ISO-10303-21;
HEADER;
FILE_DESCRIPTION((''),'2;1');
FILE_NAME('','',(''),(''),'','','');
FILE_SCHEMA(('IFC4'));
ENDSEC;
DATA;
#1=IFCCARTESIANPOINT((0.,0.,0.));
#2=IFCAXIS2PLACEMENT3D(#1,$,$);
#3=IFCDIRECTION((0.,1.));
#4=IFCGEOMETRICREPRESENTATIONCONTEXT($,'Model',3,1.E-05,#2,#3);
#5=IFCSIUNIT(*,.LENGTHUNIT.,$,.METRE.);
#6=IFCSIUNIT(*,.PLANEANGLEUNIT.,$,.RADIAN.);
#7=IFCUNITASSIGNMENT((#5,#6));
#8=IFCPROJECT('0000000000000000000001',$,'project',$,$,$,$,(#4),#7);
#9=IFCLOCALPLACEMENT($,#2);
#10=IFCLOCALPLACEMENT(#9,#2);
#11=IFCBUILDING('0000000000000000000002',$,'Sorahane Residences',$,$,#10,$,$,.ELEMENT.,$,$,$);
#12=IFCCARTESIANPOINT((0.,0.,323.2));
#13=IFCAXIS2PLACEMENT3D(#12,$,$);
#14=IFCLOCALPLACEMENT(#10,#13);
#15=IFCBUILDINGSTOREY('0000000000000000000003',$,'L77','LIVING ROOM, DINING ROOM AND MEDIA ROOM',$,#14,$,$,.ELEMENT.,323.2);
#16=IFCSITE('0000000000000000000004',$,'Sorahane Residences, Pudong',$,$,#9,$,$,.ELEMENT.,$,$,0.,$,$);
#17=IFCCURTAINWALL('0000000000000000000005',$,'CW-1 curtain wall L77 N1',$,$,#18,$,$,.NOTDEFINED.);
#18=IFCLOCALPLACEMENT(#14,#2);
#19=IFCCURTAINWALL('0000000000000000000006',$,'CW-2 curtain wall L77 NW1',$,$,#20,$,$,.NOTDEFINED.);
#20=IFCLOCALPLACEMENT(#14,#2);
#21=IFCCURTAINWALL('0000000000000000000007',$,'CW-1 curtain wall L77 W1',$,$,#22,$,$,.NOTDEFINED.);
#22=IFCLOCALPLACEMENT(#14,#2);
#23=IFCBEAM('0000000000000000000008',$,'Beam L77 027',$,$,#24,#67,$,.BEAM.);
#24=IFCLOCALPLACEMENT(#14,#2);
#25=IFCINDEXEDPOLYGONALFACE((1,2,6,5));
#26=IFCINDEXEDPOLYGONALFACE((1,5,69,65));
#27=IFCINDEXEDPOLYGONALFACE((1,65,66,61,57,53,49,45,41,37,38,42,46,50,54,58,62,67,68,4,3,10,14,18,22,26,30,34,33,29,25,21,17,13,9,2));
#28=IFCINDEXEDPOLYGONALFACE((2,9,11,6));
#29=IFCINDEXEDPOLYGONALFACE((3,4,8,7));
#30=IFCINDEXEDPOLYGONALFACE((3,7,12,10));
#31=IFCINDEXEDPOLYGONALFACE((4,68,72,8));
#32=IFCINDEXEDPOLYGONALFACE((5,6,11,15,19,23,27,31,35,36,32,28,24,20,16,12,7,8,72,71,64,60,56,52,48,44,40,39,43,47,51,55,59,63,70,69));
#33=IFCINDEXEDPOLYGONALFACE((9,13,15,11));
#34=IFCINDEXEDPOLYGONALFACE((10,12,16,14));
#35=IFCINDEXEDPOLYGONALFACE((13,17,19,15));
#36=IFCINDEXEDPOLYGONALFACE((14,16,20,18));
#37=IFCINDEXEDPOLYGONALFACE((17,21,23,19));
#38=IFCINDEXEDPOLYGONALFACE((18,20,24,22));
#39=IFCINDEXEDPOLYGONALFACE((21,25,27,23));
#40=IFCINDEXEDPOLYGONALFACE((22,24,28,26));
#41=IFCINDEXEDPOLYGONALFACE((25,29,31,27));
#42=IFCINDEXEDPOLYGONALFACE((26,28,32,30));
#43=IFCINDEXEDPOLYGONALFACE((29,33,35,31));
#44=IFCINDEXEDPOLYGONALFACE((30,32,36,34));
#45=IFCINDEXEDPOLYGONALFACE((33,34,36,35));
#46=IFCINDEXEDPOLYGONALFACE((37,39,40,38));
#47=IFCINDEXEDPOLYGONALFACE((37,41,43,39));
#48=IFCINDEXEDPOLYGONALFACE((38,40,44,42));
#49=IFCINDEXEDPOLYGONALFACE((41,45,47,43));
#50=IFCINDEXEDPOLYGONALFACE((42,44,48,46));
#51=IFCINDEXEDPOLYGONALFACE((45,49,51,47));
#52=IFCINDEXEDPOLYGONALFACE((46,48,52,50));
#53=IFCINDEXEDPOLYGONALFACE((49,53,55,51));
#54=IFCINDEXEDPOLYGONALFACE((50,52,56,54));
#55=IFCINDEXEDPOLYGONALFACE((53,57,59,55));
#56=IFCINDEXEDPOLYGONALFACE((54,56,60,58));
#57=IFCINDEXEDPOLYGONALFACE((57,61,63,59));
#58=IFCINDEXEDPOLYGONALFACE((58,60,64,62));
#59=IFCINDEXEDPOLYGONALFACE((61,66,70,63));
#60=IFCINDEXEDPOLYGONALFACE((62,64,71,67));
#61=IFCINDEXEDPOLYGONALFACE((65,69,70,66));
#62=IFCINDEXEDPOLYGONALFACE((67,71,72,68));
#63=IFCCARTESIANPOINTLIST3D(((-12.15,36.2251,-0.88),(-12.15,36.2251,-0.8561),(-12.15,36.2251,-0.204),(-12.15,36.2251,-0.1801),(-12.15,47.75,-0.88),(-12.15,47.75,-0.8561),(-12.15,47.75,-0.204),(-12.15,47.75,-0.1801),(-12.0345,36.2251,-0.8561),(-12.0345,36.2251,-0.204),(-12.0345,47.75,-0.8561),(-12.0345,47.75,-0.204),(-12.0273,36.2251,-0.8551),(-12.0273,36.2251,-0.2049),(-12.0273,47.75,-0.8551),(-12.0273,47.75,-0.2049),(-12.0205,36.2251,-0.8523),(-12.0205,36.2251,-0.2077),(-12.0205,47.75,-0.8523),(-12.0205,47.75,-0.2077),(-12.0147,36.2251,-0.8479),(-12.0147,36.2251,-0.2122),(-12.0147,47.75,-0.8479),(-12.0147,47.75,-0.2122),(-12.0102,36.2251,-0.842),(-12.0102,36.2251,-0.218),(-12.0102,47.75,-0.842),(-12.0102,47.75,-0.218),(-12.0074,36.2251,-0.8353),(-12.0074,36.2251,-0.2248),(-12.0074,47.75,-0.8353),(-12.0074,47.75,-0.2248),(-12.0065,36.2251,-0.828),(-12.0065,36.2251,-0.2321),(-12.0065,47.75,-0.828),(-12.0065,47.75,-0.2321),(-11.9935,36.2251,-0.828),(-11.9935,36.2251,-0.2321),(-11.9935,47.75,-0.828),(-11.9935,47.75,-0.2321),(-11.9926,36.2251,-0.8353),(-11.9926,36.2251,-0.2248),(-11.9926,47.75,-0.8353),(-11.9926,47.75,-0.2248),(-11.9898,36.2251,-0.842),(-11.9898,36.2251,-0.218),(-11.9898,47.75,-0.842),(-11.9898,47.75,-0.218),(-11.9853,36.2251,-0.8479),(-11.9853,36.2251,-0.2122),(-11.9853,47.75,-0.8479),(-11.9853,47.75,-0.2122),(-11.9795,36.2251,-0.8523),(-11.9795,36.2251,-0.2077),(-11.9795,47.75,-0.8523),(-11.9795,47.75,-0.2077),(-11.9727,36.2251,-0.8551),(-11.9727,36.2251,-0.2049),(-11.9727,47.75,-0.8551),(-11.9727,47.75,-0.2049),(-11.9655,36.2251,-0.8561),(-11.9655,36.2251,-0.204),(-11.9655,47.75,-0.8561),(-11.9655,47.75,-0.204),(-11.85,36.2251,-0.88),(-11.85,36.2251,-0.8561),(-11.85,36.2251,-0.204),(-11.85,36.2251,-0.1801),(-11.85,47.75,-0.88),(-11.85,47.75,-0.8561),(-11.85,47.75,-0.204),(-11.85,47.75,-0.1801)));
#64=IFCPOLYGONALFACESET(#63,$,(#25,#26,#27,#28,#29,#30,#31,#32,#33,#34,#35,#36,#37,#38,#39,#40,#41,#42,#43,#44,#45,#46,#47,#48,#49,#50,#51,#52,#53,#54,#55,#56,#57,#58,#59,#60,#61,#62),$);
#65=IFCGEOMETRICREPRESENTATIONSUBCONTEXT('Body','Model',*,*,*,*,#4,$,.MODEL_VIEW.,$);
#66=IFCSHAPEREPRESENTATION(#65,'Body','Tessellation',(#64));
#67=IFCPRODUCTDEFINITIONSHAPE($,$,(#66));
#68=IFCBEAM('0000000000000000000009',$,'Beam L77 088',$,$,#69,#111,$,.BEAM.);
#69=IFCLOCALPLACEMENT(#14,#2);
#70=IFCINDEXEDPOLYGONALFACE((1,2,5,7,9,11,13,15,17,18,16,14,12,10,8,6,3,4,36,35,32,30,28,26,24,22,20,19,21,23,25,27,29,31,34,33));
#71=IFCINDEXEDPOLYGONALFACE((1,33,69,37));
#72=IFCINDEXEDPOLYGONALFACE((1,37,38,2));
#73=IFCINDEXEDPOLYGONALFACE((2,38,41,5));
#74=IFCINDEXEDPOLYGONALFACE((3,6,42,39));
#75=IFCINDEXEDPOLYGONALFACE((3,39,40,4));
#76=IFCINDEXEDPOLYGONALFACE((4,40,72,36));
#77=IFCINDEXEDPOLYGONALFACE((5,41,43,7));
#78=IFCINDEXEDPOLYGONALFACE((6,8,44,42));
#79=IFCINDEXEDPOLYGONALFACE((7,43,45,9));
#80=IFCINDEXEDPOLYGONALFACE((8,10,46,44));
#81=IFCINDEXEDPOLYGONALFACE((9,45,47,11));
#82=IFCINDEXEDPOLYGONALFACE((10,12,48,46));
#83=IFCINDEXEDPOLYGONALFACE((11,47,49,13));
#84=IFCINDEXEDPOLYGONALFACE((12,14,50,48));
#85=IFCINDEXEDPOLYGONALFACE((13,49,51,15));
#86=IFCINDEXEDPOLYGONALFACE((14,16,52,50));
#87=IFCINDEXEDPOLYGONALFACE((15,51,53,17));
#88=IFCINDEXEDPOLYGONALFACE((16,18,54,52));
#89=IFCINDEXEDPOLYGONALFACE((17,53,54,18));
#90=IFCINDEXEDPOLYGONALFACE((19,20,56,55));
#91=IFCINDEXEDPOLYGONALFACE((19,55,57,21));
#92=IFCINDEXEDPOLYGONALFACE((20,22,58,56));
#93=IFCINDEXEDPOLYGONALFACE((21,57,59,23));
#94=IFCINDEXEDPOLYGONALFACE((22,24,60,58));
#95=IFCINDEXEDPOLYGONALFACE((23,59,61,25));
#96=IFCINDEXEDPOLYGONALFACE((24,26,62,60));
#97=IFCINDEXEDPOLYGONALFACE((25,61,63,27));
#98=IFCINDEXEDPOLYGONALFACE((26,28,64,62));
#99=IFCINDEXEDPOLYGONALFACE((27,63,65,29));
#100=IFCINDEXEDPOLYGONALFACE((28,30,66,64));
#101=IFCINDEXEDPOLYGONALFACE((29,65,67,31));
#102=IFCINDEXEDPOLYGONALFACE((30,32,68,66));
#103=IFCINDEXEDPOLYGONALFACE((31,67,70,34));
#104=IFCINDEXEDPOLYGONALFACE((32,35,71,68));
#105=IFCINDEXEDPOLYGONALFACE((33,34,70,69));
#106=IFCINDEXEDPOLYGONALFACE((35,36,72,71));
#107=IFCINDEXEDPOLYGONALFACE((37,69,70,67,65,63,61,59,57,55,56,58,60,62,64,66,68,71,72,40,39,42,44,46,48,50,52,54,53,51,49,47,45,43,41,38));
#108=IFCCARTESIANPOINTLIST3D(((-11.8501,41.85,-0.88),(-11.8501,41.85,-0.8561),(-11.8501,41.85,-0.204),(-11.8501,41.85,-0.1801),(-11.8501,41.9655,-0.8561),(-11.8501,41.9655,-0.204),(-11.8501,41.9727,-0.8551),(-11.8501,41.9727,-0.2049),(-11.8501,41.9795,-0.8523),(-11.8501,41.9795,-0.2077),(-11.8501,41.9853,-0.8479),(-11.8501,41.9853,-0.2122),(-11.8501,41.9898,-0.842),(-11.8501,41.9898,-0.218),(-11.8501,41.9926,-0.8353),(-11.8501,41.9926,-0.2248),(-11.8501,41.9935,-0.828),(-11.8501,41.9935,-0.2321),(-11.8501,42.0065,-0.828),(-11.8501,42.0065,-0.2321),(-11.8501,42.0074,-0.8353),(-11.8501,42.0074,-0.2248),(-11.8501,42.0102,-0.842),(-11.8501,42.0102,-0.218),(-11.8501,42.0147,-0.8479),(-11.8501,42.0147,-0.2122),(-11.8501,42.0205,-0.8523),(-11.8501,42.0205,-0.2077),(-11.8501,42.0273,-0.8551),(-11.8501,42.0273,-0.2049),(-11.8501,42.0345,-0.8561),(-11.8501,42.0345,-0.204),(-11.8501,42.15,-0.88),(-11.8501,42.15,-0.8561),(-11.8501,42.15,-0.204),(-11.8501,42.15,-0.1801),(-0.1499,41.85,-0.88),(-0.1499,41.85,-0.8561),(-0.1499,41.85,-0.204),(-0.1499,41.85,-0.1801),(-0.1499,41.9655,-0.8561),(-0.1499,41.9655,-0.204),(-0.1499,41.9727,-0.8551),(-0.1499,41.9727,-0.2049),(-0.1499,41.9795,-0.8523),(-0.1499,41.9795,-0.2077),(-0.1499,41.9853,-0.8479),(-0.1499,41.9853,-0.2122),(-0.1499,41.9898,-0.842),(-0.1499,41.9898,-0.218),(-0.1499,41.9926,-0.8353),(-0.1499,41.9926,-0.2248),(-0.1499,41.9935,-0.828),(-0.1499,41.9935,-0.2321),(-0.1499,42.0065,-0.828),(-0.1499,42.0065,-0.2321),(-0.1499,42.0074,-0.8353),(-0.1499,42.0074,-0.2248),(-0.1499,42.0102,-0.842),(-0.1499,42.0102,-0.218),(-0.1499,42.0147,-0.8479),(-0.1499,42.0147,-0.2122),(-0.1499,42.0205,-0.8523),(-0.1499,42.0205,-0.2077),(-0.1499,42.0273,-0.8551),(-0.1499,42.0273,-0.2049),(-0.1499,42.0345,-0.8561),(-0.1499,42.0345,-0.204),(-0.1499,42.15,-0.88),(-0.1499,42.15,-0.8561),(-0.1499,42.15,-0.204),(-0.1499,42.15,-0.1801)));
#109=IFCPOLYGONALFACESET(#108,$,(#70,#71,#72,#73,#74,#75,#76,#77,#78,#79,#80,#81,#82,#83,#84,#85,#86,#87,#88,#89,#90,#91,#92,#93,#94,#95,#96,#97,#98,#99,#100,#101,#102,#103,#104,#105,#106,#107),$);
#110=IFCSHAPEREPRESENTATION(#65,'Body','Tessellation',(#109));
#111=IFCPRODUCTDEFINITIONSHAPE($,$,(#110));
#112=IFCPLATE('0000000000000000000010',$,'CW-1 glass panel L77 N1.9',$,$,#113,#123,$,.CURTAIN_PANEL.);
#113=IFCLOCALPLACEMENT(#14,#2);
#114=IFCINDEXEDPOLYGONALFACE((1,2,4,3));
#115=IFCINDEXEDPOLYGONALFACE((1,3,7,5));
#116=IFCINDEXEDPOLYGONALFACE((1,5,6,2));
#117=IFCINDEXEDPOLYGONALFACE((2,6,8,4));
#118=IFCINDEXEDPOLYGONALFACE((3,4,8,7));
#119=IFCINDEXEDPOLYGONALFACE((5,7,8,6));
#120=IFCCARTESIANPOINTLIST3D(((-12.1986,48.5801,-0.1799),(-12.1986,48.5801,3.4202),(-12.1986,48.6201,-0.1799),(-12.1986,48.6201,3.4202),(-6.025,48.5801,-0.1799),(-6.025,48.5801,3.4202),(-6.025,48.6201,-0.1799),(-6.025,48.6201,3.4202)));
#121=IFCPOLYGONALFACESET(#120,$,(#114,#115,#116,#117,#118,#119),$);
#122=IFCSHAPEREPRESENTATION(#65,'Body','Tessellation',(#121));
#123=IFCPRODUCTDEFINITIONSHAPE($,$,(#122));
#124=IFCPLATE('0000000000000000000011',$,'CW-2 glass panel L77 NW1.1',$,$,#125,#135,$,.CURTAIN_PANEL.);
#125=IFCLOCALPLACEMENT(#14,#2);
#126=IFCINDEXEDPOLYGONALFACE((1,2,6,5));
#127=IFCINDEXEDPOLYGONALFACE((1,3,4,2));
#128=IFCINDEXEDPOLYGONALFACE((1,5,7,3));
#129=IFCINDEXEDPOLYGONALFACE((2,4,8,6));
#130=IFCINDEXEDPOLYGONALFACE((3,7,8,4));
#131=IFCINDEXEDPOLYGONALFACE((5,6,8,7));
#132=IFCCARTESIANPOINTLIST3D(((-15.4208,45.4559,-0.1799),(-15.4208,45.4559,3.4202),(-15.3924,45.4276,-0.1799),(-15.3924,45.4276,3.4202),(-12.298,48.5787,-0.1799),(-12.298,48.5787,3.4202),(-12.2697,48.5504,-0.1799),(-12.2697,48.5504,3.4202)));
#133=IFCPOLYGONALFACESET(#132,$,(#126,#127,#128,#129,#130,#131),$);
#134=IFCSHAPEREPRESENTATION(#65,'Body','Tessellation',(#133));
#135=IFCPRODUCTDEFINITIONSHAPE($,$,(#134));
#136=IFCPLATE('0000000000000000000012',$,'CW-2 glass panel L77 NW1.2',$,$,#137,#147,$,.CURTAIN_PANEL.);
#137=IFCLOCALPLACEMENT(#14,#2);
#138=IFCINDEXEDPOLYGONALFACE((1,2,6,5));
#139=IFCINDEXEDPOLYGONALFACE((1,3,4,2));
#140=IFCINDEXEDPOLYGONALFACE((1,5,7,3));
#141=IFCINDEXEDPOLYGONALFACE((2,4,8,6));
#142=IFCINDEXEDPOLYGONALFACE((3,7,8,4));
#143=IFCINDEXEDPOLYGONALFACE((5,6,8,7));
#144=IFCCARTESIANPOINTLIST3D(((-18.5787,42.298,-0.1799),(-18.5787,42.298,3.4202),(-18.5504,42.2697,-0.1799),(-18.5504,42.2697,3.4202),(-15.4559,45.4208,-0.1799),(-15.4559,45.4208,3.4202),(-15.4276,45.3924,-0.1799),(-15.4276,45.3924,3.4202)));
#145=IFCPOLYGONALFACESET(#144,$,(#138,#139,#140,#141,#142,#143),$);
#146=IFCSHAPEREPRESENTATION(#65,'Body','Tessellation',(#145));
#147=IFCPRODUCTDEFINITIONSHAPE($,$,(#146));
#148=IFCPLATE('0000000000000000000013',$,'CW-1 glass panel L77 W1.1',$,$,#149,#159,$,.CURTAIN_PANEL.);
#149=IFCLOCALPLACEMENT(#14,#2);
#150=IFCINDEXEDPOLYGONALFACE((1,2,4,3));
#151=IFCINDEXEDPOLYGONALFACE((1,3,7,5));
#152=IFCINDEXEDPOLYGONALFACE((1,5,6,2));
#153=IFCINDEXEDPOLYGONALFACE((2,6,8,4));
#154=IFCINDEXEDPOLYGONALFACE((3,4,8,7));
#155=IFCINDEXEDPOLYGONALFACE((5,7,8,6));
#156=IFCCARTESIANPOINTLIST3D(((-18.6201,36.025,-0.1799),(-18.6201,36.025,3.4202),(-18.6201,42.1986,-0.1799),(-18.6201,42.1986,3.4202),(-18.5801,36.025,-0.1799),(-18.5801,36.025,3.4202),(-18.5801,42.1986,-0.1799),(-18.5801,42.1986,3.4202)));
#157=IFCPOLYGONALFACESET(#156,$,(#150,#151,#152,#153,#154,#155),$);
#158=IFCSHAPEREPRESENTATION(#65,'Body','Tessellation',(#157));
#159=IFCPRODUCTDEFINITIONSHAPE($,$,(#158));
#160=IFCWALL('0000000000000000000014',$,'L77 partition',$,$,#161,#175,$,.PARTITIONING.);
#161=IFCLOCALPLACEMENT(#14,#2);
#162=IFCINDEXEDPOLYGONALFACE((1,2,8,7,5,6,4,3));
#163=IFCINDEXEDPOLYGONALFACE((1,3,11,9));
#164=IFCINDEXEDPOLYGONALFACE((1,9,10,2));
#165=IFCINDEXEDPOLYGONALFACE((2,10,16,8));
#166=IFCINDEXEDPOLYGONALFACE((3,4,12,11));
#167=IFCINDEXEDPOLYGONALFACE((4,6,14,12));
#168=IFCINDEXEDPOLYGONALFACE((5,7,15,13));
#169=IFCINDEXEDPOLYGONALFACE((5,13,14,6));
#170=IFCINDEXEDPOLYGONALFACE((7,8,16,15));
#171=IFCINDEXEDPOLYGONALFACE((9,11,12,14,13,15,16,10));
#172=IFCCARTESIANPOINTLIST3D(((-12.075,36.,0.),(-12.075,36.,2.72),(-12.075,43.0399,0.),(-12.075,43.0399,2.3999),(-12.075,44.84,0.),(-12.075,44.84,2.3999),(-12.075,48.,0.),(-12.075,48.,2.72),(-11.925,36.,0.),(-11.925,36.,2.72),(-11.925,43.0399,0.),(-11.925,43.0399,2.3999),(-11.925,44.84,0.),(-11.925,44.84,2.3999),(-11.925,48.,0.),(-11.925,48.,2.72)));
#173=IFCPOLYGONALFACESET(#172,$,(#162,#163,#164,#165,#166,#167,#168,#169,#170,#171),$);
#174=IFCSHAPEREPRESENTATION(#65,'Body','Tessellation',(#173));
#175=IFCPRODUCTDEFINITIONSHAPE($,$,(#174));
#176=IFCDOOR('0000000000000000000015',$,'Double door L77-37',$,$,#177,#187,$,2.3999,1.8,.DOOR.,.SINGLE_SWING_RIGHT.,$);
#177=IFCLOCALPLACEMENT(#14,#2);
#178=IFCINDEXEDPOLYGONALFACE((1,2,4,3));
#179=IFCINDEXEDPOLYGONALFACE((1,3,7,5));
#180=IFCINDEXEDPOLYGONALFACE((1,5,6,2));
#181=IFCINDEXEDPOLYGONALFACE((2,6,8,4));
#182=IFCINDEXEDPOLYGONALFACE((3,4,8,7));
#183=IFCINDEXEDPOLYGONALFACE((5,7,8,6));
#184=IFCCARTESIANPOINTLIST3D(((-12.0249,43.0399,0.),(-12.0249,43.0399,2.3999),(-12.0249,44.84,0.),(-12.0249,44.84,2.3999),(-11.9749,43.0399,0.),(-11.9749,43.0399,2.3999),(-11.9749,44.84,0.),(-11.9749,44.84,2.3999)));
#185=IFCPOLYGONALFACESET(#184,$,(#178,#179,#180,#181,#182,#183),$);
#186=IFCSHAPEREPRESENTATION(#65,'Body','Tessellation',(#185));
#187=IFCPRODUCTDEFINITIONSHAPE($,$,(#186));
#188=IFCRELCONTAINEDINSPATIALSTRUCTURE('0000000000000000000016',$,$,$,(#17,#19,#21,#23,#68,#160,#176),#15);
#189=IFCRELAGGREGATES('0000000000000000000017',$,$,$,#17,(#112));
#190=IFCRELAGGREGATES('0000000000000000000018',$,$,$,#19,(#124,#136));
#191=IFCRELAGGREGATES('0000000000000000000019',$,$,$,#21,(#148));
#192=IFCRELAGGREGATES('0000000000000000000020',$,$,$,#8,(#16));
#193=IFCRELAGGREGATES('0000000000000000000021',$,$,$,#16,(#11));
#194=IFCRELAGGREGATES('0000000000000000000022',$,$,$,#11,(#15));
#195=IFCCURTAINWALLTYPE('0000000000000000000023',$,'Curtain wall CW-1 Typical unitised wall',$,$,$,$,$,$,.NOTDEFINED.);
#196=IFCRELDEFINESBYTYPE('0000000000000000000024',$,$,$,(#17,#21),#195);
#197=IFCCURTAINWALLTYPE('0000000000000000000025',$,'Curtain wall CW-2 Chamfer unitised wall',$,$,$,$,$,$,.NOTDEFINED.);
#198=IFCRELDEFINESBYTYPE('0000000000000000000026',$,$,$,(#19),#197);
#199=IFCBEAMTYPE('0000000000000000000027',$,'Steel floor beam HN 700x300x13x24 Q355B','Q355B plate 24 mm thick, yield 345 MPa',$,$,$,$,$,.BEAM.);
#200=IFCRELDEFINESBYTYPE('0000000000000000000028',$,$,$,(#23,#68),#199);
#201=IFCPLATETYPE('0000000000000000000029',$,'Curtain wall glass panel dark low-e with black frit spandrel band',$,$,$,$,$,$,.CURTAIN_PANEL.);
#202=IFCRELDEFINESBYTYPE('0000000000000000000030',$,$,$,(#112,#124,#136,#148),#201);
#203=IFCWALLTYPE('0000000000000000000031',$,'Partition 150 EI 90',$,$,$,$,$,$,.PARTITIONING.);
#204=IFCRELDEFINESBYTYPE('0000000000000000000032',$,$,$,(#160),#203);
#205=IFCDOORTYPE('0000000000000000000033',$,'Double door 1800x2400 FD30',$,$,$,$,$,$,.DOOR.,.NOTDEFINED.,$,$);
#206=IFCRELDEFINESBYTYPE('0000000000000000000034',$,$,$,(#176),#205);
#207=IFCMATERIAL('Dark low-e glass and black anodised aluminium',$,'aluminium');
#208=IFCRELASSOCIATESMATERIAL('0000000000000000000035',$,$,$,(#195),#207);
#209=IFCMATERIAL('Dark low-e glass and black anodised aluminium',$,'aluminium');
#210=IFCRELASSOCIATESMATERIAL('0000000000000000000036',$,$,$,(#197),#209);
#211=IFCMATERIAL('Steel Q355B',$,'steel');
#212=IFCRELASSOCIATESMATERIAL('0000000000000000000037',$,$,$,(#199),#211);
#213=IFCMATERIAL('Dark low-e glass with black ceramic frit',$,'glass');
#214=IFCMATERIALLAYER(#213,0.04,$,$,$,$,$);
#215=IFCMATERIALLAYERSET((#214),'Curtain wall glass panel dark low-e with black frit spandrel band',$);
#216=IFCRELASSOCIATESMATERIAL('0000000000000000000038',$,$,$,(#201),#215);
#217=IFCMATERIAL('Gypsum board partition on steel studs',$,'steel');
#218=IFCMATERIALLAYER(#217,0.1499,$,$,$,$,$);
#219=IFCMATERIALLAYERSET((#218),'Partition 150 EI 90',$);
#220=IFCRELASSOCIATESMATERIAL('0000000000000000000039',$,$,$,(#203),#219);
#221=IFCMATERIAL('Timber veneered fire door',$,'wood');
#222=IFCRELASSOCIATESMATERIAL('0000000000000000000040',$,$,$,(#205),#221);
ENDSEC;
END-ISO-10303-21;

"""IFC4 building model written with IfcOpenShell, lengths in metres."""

from ifc_helpers import new_model, si_unit, direction, frame, frame_2d, origin, origin_2d, place, context, subcontext, project, spatial, rectangle, i_section, extrude, material, layer, layer_set, material_profile, profile_set, type_object, element, fill, aggregate, save


model = new_model("IFC4")

# Units and contexts
model_context = context("Model", 3, precision=1e-05, world=origin(), true_north=direction((0.0, 1.0)))
body_context = subcontext(model_context, "Body", "Model", "MODEL_VIEW")
ifc_project = project(units=[si_unit("LENGTHUNIT", "METRE"), si_unit("PLANEANGLEUNIT", "RADIAN")], contexts=[model_context])

# Site, building, storey
site_placement = place(None, origin())
site = spatial("IfcSite", under=ifc_project, at=site_placement, Name="Sorahane Residences, Pudong", CompositionType="ELEMENT", RefElevation=0.0)
building_placement = place(site_placement, origin())
building = spatial("IfcBuilding", under=site, at=building_placement, Name="Sorahane Residences", CompositionType="ELEMENT")
storey_placement = place(building_placement, frame((0.0, 0.0, 323.2)))
storey = spatial("IfcBuildingStorey", under=building, at=storey_placement, Name="L77", Description="LIVING ROOM, DINING ROOM AND MEDIA ROOM", CompositionType="ELEMENT", Elevation=323.2)

# Curtain wall
ifc_material_1 = material(Name="Dark low-e glass and black anodised aluminium", Category="aluminium")
curtain_wall_type_1 = type_object("IfcCurtainWallType", Name="Curtain wall CW-1 Typical unitised wall", PredefinedType="NOTDEFINED", material=ifc_material_1)
curtain_wall_1_placement = place(storey_placement, origin())
curtain_wall_1 = element("IfcCurtainWall", 1, at=curtain_wall_1_placement, inside=storey, type_object=curtain_wall_type_1, Name="CW-1 curtain wall L77 N1", PredefinedType="NOTDEFINED")

# Curtain wall
ifc_material_2 = material(Name="Dark low-e glass and black anodised aluminium", Category="aluminium")
curtain_wall_type_2 = type_object("IfcCurtainWallType", Name="Curtain wall CW-2 Chamfer unitised wall", PredefinedType="NOTDEFINED", material=ifc_material_2)
curtain_wall_2_placement = place(storey_placement, origin())
curtain_wall_2 = element("IfcCurtainWall", 2, at=curtain_wall_2_placement, inside=storey, type_object=curtain_wall_type_2, Name="CW-2 curtain wall L77 NW1", PredefinedType="NOTDEFINED")

# Curtain wall
curtain_wall_3_placement = place(storey_placement, origin())
curtain_wall_3 = element("IfcCurtainWall", 3, at=curtain_wall_3_placement, inside=storey, type_object=curtain_wall_type_1, Name="CW-1 curtain wall L77 W1", PredefinedType="NOTDEFINED")

# Beams
ifc_material_3 = material(Name="Steel Q355B", Category="steel")
ifc_material_profile_1 = material_profile(ifc_material_3, i_section(OverallWidth=0.3, OverallDepth=0.7, WebThickness=0.0129, FlangeThickness=0.0239, FilletRadius=0.0281, at=origin_2d()), Name="HN 700x300x13x24")
ifc_profile_set_1 = profile_set([ifc_material_profile_1], Name="Steel Q355B")
beam_type_1 = type_object("IfcBeamType", Name="Steel floor beam HN 700x300x13x24 Q355B", Description="Q355B plate 24 mm thick, yield 345 MPa", PredefinedType="BEAM", material=ifc_profile_set_1)
beam_1_placement = place(storey_placement, frame((-12.0, 36.2251, -0.53), z_axis=(0.0, 1.0, 0.0), x_axis=(-1.0, 0.0, 0.0)))
element("IfcBeam", 4, at=beam_1_placement, inside=storey, type_object=beam_type_1, Name="Beam L77 027", PredefinedType="BEAM", context=body_context, shape_type="SweptSolid", body=[
    extrude(i_section(OverallWidth=0.3, OverallDepth=0.7, WebThickness=0.0129, FlangeThickness=0.0239, FilletRadius=0.0281, at=origin_2d()), origin(), (0.0, 0.0, 1.0), 11.5249),
])
beam_2_placement = place(storey_placement, frame((-11.8501, 42.0, -0.53), z_axis=(1.0, 0.0, 0.0), x_axis=(0.0, 1.0, 0.0)))
element("IfcBeam", 5, at=beam_2_placement, inside=storey, type_object=beam_type_1, Name="Beam L77 088", PredefinedType="BEAM", context=body_context, shape_type="SweptSolid", body=[
    extrude(i_section(OverallWidth=0.3, OverallDepth=0.7, WebThickness=0.0129, FlangeThickness=0.0239, FilletRadius=0.0281, at=origin_2d()), origin(), (0.0, 0.0, 1.0), 11.7002),
])

# Plates
ifc_material_4 = material(Name="Dark low-e glass with black ceramic frit", Category="glass")
ifc_layer_1 = layer(ifc_material_4, 0.04)
ifc_layer_set_1 = layer_set([ifc_layer_1], Name="Curtain wall glass panel dark low-e with black frit spandrel band")
plate_type = type_object("IfcPlateType", Name="Curtain wall glass panel dark low-e with black frit spandrel band", PredefinedType="CURTAIN_PANEL", material=ifc_layer_set_1)
plate_1_placement = place(storey_placement, frame((-9.1118, 48.6001, -0.1799), z_axis=(0.0, 0.0, 1.0), x_axis=(-1.0, 0.0, 0.0)))
plate_1 = element("IfcPlate", 6, at=plate_1_placement, type_object=plate_type, Name="CW-1 glass panel L77 N1.9", PredefinedType="CURTAIN_PANEL", context=body_context, shape_type="SweptSolid", body=[
    extrude(rectangle(XDim=6.1736, YDim=0.04, at=origin_2d()), origin(), (0.0, 0.0, 1.0), 3.6001),
])
aggregate(curtain_wall_1, [plate_1])
plate_2_placement = place(storey_placement, frame((-13.8452, 47.0032, -0.1799), z_axis=(0.0, 0.0, 1.0), x_axis=(-0.707107, -0.707107, 0.0)))
plate_2 = element("IfcPlate", 7, at=plate_2_placement, type_object=plate_type, Name="CW-2 glass panel L77 NW1.1", PredefinedType="CURTAIN_PANEL", context=body_context, shape_type="SweptSolid", body=[
    extrude(rectangle(XDim=4.4163, YDim=0.04, at=origin_2d()), origin(), (0.0, 0.0, 1.0), 3.6001),
])
plate_3_placement = place(storey_placement, frame((-17.0032, 43.8452, -0.1799), z_axis=(0.0, 0.0, 1.0), x_axis=(-0.707107, -0.707107, 0.0)))
plate_3 = element("IfcPlate", 8, at=plate_3_placement, type_object=plate_type, Name="CW-2 glass panel L77 NW1.2", PredefinedType="CURTAIN_PANEL", context=body_context, shape_type="SweptSolid", body=[
    extrude(rectangle(XDim=4.4163, YDim=0.04, at=origin_2d()), origin(), (0.0, 0.0, 1.0), 3.6001),
])
aggregate(curtain_wall_2, [plate_2, plate_3])
plate_4_placement = place(storey_placement, frame((-18.6001, 39.1118, -0.1799), z_axis=(0.0, 0.0, 1.0), x_axis=(0.0, -1.0, 0.0)))
plate_4 = element("IfcPlate", 9, at=plate_4_placement, type_object=plate_type, Name="CW-1 glass panel L77 W1.1", PredefinedType="CURTAIN_PANEL", context=body_context, shape_type="SweptSolid", body=[
    extrude(rectangle(XDim=6.1736, YDim=0.04, at=origin_2d()), origin(), (0.0, 0.0, 1.0), 3.6001),
])
aggregate(curtain_wall_3, [plate_4])

# Wall, opening, door
ifc_material_5 = material(Name="Gypsum board partition on steel studs", Category="steel")
ifc_layer_2 = layer(ifc_material_5, 0.1499)
ifc_layer_set_2 = layer_set([ifc_layer_2], Name="Partition 150 EI 90")
wall_type_1 = type_object("IfcWallType", Name="Partition 150 EI 90", PredefinedType="PARTITIONING", material=ifc_layer_set_2)
wall_1_placement = place(storey_placement, frame((-12.0, 36.0, 0.0), z_axis=(0.0, 0.0, 1.0), x_axis=(0.0, 1.0, 0.0)))
wall_1 = element("IfcWall", 10, at=wall_1_placement, inside=storey, type_object=wall_type_1, Name="L77 partition", PredefinedType="PARTITIONING", context=body_context, shape_type="SweptSolid", body=[
    extrude(rectangle(XDim=12.0, YDim=0.1499, at=frame_2d((6.0, 0.0))), origin(), (0.0, 0.0, 1.0), 2.72),
])
opening_1_placement = place(wall_1_placement, frame((7.04, 0.0, 0.0)))
opening_1 = element("IfcOpeningElement", 11, at=opening_1_placement, cuts=wall_1, PredefinedType="OPENING", context=body_context, shape_type="SweptSolid", body=[
    extrude(rectangle(XDim=1.8, YDim=2.3999, at=frame_2d((0.8999, 1.2))), frame((0.0, 0.085, 0.0), z_axis=(0.0, -1.0, 0.0), x_axis=(1.0, 0.0, 0.0)), (0.0, 0.0, 1.0), 0.1699),
])
ifc_material_6 = material(Name="Timber veneered fire door", Category="wood")
door_type = type_object("IfcDoorType", Name="Double door 1800x2400 FD30", OperationType="NOTDEFINED", PredefinedType="DOOR", material=ifc_material_6)
door_1_placement = place(opening_1_placement, origin())
door_1 = element("IfcDoor", 12, at=door_1_placement, inside=storey, type_object=door_type, Name="Double door L77-37", OperationType="SINGLE_SWING_RIGHT", OverallHeight=2.3999, OverallWidth=1.8, PredefinedType="DOOR", context=body_context, shape_type="SweptSolid", body=[
    extrude(rectangle(XDim=1.8, YDim=2.3999, at=frame_2d((0.8999, 1.2))), frame((0.0, 0.0249, 0.0), z_axis=(0.0, -1.0, 0.0), x_axis=(1.0, 0.0, 0.0)), (0.0, 0.0, 1.0), 0.05),
])
fill(opening_1, door_1)

save(model, "model.ifc")
